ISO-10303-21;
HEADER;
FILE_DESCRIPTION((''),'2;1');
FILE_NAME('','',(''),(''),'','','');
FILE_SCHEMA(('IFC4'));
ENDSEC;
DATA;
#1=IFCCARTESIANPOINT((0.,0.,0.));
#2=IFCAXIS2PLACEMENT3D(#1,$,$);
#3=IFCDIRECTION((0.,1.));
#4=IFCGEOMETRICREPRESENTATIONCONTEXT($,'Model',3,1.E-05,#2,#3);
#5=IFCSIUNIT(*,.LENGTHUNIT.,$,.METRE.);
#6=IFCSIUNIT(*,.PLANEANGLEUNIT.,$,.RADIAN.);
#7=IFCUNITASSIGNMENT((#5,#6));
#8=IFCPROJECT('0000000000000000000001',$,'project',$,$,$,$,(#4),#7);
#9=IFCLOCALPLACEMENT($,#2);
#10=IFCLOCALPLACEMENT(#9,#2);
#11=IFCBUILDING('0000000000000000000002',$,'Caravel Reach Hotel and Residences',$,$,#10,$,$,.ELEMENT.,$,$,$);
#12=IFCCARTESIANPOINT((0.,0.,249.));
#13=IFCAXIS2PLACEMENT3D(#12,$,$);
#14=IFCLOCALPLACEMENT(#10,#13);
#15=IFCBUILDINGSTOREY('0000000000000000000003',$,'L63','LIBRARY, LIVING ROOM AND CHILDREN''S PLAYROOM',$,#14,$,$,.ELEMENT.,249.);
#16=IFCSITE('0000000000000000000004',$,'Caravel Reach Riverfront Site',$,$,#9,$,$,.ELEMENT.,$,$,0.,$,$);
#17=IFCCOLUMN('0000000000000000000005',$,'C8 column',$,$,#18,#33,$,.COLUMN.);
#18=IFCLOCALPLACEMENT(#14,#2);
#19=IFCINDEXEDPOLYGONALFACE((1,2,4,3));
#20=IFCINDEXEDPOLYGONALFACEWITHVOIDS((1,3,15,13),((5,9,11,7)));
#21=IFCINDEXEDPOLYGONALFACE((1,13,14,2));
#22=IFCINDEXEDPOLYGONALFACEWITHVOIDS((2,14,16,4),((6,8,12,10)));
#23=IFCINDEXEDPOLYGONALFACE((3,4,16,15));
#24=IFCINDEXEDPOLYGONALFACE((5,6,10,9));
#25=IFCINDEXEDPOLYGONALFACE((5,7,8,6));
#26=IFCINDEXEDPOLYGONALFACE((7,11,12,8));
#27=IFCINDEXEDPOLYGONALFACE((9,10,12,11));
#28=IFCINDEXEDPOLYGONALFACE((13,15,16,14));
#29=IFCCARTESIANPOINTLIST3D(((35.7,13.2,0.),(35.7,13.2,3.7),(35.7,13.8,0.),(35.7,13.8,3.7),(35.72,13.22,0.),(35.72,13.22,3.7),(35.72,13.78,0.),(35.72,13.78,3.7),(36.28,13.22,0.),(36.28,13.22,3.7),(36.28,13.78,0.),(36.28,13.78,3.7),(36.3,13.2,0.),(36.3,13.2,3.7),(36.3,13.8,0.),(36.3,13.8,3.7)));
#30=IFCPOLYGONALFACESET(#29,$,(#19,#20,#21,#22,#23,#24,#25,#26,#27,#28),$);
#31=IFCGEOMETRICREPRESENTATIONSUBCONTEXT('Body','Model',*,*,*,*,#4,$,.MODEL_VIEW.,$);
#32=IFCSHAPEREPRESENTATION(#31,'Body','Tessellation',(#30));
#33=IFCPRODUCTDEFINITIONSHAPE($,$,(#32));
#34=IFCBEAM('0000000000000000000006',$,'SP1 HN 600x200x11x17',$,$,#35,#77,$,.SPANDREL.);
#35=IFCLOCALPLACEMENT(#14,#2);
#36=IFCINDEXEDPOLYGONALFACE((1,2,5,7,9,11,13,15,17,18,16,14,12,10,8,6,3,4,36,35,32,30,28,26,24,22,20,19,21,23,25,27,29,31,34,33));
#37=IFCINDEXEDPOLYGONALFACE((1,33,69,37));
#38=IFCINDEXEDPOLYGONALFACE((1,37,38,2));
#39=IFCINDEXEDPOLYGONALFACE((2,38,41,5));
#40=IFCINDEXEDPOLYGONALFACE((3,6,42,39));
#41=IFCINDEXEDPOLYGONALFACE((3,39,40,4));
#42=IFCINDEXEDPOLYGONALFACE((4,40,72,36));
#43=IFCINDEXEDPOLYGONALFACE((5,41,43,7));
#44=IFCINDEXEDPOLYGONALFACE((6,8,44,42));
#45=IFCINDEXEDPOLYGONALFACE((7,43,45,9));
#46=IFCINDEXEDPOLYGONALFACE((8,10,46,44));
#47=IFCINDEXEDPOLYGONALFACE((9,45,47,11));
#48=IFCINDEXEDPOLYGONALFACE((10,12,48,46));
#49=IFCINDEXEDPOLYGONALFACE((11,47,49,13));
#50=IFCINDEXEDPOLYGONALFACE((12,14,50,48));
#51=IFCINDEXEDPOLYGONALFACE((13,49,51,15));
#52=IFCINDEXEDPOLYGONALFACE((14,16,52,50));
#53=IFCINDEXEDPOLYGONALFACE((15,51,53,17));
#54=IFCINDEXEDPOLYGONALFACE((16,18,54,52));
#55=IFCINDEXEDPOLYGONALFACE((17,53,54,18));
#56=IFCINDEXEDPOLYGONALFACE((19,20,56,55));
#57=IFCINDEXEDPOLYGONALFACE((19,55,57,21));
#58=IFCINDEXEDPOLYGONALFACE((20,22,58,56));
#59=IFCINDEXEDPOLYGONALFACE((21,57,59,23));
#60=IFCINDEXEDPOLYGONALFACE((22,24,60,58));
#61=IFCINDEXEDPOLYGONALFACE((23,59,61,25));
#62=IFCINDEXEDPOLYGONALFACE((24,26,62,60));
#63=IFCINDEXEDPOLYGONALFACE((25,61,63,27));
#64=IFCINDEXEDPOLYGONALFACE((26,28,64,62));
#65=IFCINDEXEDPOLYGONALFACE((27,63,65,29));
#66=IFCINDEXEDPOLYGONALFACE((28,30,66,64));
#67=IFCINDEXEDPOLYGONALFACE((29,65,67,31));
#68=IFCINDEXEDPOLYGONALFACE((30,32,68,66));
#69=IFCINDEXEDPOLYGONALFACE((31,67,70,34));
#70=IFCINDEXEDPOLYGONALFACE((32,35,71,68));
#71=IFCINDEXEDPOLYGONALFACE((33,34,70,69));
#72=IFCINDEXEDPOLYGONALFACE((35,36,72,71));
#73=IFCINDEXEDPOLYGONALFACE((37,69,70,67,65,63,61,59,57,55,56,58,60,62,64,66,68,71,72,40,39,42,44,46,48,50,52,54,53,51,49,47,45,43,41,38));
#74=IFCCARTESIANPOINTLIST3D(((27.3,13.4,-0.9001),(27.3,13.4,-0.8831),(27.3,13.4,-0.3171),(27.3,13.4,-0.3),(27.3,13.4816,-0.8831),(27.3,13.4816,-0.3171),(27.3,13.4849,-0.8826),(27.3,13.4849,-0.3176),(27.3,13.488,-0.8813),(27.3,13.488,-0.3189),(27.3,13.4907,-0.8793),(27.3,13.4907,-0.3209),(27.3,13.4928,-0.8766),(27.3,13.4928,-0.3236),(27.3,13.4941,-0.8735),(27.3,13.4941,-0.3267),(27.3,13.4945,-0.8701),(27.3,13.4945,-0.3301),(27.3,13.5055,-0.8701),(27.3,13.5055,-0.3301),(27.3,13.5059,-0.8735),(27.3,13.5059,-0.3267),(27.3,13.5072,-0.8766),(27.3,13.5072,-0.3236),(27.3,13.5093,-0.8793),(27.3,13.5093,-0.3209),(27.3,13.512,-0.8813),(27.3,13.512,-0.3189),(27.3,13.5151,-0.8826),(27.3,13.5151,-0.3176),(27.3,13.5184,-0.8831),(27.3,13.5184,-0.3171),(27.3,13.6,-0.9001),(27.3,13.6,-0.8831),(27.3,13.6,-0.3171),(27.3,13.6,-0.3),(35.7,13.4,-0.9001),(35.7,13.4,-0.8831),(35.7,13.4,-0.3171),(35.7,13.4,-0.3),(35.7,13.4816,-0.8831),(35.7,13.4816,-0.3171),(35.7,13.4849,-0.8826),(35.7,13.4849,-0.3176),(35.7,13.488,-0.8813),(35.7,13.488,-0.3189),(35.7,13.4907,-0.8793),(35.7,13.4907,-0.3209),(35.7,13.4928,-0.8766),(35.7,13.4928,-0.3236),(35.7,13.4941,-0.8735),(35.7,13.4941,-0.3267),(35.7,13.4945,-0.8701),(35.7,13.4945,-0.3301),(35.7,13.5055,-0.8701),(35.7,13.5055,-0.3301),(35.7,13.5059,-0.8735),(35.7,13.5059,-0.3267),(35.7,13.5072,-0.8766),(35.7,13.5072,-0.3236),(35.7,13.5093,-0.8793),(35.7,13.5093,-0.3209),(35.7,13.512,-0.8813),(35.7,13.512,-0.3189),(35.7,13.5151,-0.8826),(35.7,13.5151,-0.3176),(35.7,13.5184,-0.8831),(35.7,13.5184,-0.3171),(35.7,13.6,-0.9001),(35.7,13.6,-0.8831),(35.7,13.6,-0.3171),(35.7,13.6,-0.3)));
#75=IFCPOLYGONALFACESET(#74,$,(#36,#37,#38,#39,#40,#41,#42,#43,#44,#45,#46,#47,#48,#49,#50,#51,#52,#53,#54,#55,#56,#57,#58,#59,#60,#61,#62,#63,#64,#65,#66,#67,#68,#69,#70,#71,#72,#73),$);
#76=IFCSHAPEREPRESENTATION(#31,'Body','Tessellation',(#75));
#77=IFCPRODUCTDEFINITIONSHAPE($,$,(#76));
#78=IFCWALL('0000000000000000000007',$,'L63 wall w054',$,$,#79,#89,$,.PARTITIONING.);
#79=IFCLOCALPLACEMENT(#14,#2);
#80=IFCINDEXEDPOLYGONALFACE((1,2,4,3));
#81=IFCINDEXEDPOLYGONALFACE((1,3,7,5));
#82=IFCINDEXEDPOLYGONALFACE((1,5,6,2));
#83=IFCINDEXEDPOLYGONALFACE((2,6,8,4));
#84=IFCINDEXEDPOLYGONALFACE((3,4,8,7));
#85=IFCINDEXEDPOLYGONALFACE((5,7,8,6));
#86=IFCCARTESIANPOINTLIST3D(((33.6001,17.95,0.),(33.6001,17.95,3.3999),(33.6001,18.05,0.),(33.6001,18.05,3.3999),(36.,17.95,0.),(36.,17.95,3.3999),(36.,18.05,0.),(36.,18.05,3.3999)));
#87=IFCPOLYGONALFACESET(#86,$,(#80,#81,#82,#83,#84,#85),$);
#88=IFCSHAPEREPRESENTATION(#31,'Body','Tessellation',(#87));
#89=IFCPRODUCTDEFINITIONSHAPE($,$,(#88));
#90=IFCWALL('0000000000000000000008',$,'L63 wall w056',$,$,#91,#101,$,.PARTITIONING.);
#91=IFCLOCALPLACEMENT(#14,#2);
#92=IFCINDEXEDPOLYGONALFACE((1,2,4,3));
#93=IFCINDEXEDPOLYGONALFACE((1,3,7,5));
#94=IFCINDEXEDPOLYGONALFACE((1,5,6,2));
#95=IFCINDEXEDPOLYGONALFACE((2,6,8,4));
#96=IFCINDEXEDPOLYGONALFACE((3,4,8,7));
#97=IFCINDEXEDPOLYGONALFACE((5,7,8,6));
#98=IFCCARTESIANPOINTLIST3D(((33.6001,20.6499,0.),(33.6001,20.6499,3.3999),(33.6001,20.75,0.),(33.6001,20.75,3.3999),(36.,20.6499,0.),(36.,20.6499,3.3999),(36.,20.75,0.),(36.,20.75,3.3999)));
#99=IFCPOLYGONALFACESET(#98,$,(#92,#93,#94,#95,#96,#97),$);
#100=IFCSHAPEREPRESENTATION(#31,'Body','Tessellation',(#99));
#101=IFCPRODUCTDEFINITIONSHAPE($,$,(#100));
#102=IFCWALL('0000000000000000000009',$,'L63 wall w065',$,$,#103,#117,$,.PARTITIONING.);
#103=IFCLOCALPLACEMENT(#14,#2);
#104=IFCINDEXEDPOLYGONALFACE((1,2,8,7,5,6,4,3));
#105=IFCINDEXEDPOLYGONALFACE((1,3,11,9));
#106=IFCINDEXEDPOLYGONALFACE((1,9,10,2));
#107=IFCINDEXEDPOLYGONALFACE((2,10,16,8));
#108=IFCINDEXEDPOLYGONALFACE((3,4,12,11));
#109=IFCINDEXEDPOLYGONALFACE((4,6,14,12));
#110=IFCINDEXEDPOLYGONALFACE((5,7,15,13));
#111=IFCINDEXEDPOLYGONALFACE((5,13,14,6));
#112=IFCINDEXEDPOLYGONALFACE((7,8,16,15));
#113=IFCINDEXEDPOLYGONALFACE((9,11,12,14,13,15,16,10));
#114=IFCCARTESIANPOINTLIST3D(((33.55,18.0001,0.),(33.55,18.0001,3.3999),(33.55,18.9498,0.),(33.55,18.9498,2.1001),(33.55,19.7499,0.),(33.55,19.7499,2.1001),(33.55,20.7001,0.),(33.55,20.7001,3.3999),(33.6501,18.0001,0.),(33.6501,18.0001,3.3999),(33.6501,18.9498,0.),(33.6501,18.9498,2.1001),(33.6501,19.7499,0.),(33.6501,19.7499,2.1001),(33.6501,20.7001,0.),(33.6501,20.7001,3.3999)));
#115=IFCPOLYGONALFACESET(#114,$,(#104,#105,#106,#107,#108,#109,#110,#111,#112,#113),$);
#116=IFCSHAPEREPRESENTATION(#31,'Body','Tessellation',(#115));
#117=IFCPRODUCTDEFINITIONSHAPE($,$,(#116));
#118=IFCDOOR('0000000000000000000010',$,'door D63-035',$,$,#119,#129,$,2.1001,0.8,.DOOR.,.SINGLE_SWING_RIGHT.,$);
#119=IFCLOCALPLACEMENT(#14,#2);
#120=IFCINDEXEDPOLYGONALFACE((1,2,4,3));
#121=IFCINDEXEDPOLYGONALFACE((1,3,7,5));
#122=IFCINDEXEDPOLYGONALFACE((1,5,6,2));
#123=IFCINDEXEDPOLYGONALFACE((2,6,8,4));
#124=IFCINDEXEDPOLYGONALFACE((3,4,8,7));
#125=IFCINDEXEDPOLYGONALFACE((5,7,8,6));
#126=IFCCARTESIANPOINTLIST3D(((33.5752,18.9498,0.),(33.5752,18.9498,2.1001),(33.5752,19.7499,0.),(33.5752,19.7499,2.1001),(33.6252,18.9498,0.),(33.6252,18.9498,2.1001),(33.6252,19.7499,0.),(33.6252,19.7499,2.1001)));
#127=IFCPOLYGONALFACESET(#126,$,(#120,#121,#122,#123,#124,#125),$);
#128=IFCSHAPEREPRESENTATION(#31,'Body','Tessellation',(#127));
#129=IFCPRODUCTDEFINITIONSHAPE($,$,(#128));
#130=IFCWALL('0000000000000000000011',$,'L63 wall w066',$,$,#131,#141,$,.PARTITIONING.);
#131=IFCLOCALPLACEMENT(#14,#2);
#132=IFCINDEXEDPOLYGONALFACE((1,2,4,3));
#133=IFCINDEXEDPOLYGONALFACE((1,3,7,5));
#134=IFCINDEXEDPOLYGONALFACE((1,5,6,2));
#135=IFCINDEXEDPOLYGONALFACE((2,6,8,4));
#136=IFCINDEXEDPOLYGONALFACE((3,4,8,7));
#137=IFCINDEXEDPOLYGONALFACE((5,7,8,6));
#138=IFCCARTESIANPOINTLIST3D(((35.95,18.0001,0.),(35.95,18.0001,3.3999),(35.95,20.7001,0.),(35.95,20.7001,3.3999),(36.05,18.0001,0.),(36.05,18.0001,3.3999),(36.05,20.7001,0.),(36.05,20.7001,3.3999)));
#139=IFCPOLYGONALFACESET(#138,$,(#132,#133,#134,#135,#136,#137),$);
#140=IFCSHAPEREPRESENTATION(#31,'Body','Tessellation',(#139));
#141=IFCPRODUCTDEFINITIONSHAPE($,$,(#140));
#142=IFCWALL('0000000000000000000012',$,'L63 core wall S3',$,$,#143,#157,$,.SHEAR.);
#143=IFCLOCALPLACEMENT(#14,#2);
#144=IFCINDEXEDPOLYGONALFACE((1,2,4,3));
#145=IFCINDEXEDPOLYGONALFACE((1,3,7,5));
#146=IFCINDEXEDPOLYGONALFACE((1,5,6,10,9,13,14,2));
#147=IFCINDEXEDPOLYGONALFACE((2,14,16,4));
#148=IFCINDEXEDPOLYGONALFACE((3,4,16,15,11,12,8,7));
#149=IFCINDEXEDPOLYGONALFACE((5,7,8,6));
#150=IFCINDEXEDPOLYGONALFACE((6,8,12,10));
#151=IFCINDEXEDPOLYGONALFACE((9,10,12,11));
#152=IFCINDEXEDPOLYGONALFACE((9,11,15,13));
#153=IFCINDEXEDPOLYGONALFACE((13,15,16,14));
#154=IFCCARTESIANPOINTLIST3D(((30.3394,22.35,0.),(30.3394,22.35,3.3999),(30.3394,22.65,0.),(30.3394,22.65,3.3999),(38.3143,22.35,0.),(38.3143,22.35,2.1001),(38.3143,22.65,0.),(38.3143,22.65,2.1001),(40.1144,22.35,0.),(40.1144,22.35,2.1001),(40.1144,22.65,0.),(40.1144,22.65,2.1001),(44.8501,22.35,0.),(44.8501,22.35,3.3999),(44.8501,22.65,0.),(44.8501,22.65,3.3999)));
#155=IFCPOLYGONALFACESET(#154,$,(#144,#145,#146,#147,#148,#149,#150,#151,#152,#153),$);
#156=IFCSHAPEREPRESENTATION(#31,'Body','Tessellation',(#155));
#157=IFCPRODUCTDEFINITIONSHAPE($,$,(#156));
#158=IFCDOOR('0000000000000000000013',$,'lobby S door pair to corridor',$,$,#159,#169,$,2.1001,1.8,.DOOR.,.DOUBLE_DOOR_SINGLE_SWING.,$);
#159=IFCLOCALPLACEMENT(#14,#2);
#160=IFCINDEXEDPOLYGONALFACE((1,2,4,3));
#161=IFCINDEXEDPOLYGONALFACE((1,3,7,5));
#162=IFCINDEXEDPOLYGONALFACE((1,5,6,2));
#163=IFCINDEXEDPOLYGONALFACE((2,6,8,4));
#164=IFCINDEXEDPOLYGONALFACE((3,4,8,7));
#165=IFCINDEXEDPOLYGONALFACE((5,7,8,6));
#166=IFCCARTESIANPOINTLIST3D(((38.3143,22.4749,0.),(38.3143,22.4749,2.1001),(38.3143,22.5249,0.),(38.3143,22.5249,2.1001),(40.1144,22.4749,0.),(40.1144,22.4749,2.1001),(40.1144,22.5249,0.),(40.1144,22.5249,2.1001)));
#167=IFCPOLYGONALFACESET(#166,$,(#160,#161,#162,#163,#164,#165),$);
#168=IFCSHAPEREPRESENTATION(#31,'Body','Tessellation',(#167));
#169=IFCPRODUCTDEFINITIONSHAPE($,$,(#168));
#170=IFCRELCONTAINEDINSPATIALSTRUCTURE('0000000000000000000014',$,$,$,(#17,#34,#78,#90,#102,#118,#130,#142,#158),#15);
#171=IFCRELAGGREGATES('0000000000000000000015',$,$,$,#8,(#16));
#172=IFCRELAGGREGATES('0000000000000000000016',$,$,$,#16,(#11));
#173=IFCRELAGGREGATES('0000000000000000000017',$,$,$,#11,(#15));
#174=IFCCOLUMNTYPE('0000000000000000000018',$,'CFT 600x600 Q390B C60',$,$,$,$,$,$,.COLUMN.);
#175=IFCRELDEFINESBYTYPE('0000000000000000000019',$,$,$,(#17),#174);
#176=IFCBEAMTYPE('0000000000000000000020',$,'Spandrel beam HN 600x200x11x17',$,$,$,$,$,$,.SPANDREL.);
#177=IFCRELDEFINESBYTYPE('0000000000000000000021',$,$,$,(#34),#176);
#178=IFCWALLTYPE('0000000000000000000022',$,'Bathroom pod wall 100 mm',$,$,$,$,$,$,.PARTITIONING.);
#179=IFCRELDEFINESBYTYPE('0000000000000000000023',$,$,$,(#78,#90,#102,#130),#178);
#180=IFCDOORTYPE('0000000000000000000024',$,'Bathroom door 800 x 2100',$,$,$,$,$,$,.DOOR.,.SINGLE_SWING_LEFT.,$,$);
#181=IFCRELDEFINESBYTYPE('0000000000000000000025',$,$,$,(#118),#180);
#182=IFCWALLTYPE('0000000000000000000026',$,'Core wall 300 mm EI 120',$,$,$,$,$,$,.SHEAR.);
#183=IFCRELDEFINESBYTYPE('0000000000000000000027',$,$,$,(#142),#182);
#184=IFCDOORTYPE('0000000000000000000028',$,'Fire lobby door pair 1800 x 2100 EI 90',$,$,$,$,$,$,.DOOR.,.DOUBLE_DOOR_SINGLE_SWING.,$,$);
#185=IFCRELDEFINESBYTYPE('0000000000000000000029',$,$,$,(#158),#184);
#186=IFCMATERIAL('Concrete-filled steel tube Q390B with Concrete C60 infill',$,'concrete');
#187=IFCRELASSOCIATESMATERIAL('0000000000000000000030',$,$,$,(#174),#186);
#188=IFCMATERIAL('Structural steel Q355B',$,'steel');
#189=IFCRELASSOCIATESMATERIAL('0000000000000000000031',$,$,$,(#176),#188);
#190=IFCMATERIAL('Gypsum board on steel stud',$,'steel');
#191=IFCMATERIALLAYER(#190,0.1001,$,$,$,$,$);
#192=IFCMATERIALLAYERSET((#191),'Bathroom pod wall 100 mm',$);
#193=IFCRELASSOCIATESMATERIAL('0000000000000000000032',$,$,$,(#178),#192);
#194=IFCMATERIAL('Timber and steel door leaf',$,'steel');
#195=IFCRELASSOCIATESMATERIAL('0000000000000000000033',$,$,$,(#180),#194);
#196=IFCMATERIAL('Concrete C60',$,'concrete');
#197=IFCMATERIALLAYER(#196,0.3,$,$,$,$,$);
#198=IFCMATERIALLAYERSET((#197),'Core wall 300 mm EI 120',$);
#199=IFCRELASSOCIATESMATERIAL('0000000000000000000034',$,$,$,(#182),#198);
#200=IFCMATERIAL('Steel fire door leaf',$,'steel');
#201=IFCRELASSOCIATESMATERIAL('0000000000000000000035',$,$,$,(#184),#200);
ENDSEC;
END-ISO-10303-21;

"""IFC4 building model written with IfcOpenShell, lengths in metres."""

from ifc_helpers import new_model, si_unit, direction, frame, frame_2d, origin, origin_2d, place, context, subcontext, project, spatial, rectangle, hollow_rectangle, i_section, extrude, material, layer, layer_set, material_profile, profile_set, type_object, element, fill, save


model = new_model("IFC4")

# Units and contexts
model_context = context("Model", 3, precision=1e-05, world=origin(), true_north=direction((0.0, 1.0)))
body_context = subcontext(model_context, "Body", "Model", "MODEL_VIEW")
ifc_project = project(units=[si_unit("LENGTHUNIT", "METRE"), si_unit("PLANEANGLEUNIT", "RADIAN")], contexts=[model_context])

# Site, building, storey
site_placement = place(None, origin())
site = spatial("IfcSite", under=ifc_project, at=site_placement, Name="Caravel Reach Riverfront Site", CompositionType="ELEMENT", RefElevation=0.0)
building_placement = place(site_placement, origin())
building = spatial("IfcBuilding", under=site, at=building_placement, Name="Caravel Reach Hotel and Residences", CompositionType="ELEMENT")
storey_placement = place(building_placement, frame((0.0, 0.0, 249.0)))
storey = spatial("IfcBuildingStorey", under=building, at=storey_placement, Name="L63", Description="LIBRARY, LIVING ROOM AND CHILDREN'S PLAYROOM", CompositionType="ELEMENT", Elevation=249.0)

# Column
ifc_material_1 = material(Name="Concrete-filled steel tube Q390B with Concrete C60 infill", Category="concrete")
ifc_material_profile_1 = material_profile(ifc_material_1, hollow_rectangle(XDim=0.6001, YDim=0.6001, WallThickness=0.02, at=origin_2d()), Name="RHS 600x600x20")
ifc_profile_set_1 = profile_set([ifc_material_profile_1], Name="Concrete-filled steel tube Q390B with Concrete C60 infill")
column_type = type_object("IfcColumnType", Name="CFT 600x600 Q390B C60", PredefinedType="COLUMN", material=ifc_profile_set_1)
column_placement = place(storey_placement, frame((36.0, 13.5, 0.0), z_axis=(0.0, 0.0, 1.0), x_axis=(1.0, 0.0, 0.0)))
element("IfcColumn", 1, at=column_placement, inside=storey, type_object=column_type, Name="C8 column", PredefinedType="COLUMN", context=body_context, shape_type="SweptSolid", body=[
    extrude(hollow_rectangle(XDim=0.6001, YDim=0.6001, WallThickness=0.02, at=origin_2d()), origin(), (0.0, 0.0, 1.0), 3.7),
])

# Beam
ifc_material_2 = material(Name="Structural steel Q355B", Category="steel")
ifc_material_profile_2 = material_profile(ifc_material_2, i_section(OverallWidth=0.2, OverallDepth=0.6001, WebThickness=0.011, FlangeThickness=0.0171, FilletRadius=0.0129, at=origin_2d()), Name="HN 600x200x11x17")
ifc_profile_set_2 = profile_set([ifc_material_profile_2], Name="Structural steel Q355B")
beam_type = type_object("IfcBeamType", Name="Spandrel beam HN 600x200x11x17", PredefinedType="SPANDREL", material=ifc_profile_set_2)
beam_placement = place(storey_placement, frame((27.3, 13.5, -0.6001), z_axis=(1.0, 0.0, 0.0), x_axis=(0.0, 1.0, 0.0)))
element("IfcBeam", 2, at=beam_placement, inside=storey, type_object=beam_type, Name="SP1 HN 600x200x11x17", PredefinedType="SPANDREL", context=body_context, shape_type="SweptSolid", body=[
    extrude(i_section(OverallWidth=0.2, OverallDepth=0.6001, WebThickness=0.011, FlangeThickness=0.0171, FilletRadius=0.0129, at=origin_2d()), origin(), (0.0, 0.0, 1.0), 8.3999),
])

# Walls
ifc_material_3 = material(Name="Gypsum board on steel stud", Category="steel")
ifc_layer_1 = layer(ifc_material_3, 0.1001)
ifc_layer_set_1 = layer_set([ifc_layer_1], Name="Bathroom pod wall 100 mm")
wall_type_1 = type_object("IfcWallType", Name="Bathroom pod wall 100 mm", PredefinedType="PARTITIONING", material=ifc_layer_set_1)
for number, where, z_axis, x_axis, name in (
    (3, (33.6001, 18.0, 0.0), (0.0, 0.0, 1.0), (1.0, 0.0, 0.0), "L63 wall w054"),
    (4, (33.6001, 20.7, 0.0), (0.0, 0.0, 1.0), (1.0, 0.0, 0.0), "L63 wall w056"),
):
    element("IfcWall", number, at=place(storey_placement, frame(where, z_axis=z_axis, x_axis=x_axis)), inside=storey, type_object=wall_type_1, Name=name, PredefinedType="PARTITIONING", context=body_context, shape_type="SweptSolid", body=[
        extrude(rectangle(XDim=2.3999, YDim=0.1001, at=frame_2d((1.2, 0.0))), origin(), (0.0, 0.0, 1.0), 3.3999),
    ])

# Wall, opening, door
wall_1_placement = place(storey_placement, frame((33.6001, 18.0, 0.0), z_axis=(0.0, 0.0, 1.0), x_axis=(0.0, 1.0, 0.0)))
wall_1 = element("IfcWall", 5, at=wall_1_placement, inside=storey, type_object=wall_type_1, Name="L63 wall w065", PredefinedType="PARTITIONING", context=body_context, shape_type="SweptSolid", body=[
    extrude(rectangle(XDim=2.7, YDim=0.1001, at=frame_2d((1.3501, 0.0))), origin(), (0.0, 0.0, 1.0), 3.3999),
])
opening_1_placement = place(wall_1_placement, frame((0.95, 0.0, 0.0)))
opening_1 = element("IfcOpeningElement", 6, at=opening_1_placement, cuts=wall_1, PredefinedType="OPENING", context=body_context, shape_type="SweptSolid", body=[
    extrude(rectangle(XDim=0.8, YDim=2.1001, at=frame_2d((0.3999, 1.05))), frame((0.0, 0.0601, 0.0), z_axis=(0.0, -1.0, 0.0), x_axis=(1.0, 0.0, 0.0)), (0.0, 0.0, 1.0), 0.1201),
])
ifc_material_4 = material(Name="Timber and steel door leaf", Category="steel")
door_type_1 = type_object("IfcDoorType", Name="Bathroom door 800 x 2100", OperationType="SINGLE_SWING_LEFT", PredefinedType="DOOR", material=ifc_material_4)
door_1_placement = place(opening_1_placement, origin())
door_1 = element("IfcDoor", 7, at=door_1_placement, inside=storey, type_object=door_type_1, Name="door D63-035", OperationType="SINGLE_SWING_RIGHT", OverallHeight=2.1001, OverallWidth=0.8, PredefinedType="DOOR", context=body_context, shape_type="SweptSolid", body=[
    extrude(rectangle(XDim=0.8, YDim=2.1001, at=frame_2d((0.3999, 1.05))), frame((0.0, 0.0249, 0.0), z_axis=(0.0, -1.0, 0.0), x_axis=(1.0, 0.0, 0.0)), (0.0, 0.0, 1.0), 0.05),
])
fill(opening_1, door_1)

# Wall
wall_2_placement = place(storey_placement, frame((36.0, 18.0, 0.0), z_axis=(0.0, 0.0, 1.0), x_axis=(0.0, 1.0, 0.0)))
element("IfcWall", 8, at=wall_2_placement, inside=storey, type_object=wall_type_1, Name="L63 wall w066", PredefinedType="PARTITIONING", context=body_context, shape_type="SweptSolid", body=[
    extrude(rectangle(XDim=2.7, YDim=0.1001, at=frame_2d((1.3501, 0.0))), origin(), (0.0, 0.0, 1.0), 3.3999),
])

# Wall, opening, door
ifc_material_5 = material(Name="Concrete C60", Category="concrete")
ifc_layer_2 = layer(ifc_material_5, 0.3)
ifc_layer_set_2 = layer_set([ifc_layer_2], Name="Core wall 300 mm EI 120")
wall_type_2 = type_object("IfcWallType", Name="Core wall 300 mm EI 120", PredefinedType="SHEAR", material=ifc_layer_set_2)
wall_3_placement = place(storey_placement, frame((30.3394, 22.5, 0.0), z_axis=(0.0, 0.0, 1.0), x_axis=(1.0, 0.0, 0.0)))
wall_3 = element("IfcWall", 9, at=wall_3_placement, inside=storey, type_object=wall_type_2, Name="L63 core wall S3", PredefinedType="SHEAR", context=body_context, shape_type="SweptSolid", body=[
    extrude(rectangle(XDim=14.5107, YDim=0.3, at=frame_2d((7.2554, 0.0))), origin(), (0.0, 0.0, 1.0), 3.3999),
])
opening_2_placement = place(wall_3_placement, frame((7.9751, 0.0, 0.0)))
opening_2 = element("IfcOpeningElement", 10, at=opening_2_placement, cuts=wall_3, PredefinedType="OPENING", context=body_context, shape_type="SweptSolid", body=[
    extrude(rectangle(XDim=1.8, YDim=2.1001, at=frame_2d((0.8999, 1.05))), frame((0.0, 0.1599, 0.0), z_axis=(0.0, -1.0, 0.0), x_axis=(1.0, 0.0, 0.0)), (0.0, 0.0, 1.0), 0.3201),
])
ifc_material_6 = material(Name="Steel fire door leaf", Category="steel")
door_type_2 = type_object("IfcDoorType", Name="Fire lobby door pair 1800 x 2100 EI 90", OperationType="DOUBLE_DOOR_SINGLE_SWING", PredefinedType="DOOR", material=ifc_material_6)
door_2_placement = place(opening_2_placement, origin())
door_2 = element("IfcDoor", 11, at=door_2_placement, inside=storey, type_object=door_type_2, Name="lobby S door pair to corridor", OperationType="DOUBLE_DOOR_SINGLE_SWING", OverallHeight=2.1001, OverallWidth=1.8, PredefinedType="DOOR", context=body_context, shape_type="SweptSolid", body=[
    extrude(rectangle(XDim=1.8, YDim=2.1001, at=frame_2d((0.8999, 1.05))), frame((0.0, 0.0249, 0.0), z_axis=(0.0, -1.0, 0.0), x_axis=(1.0, 0.0, 0.0)), (0.0, 0.0, 1.0), 0.05),
])
fill(opening_2, door_2)

save(model, "model.ifc")
